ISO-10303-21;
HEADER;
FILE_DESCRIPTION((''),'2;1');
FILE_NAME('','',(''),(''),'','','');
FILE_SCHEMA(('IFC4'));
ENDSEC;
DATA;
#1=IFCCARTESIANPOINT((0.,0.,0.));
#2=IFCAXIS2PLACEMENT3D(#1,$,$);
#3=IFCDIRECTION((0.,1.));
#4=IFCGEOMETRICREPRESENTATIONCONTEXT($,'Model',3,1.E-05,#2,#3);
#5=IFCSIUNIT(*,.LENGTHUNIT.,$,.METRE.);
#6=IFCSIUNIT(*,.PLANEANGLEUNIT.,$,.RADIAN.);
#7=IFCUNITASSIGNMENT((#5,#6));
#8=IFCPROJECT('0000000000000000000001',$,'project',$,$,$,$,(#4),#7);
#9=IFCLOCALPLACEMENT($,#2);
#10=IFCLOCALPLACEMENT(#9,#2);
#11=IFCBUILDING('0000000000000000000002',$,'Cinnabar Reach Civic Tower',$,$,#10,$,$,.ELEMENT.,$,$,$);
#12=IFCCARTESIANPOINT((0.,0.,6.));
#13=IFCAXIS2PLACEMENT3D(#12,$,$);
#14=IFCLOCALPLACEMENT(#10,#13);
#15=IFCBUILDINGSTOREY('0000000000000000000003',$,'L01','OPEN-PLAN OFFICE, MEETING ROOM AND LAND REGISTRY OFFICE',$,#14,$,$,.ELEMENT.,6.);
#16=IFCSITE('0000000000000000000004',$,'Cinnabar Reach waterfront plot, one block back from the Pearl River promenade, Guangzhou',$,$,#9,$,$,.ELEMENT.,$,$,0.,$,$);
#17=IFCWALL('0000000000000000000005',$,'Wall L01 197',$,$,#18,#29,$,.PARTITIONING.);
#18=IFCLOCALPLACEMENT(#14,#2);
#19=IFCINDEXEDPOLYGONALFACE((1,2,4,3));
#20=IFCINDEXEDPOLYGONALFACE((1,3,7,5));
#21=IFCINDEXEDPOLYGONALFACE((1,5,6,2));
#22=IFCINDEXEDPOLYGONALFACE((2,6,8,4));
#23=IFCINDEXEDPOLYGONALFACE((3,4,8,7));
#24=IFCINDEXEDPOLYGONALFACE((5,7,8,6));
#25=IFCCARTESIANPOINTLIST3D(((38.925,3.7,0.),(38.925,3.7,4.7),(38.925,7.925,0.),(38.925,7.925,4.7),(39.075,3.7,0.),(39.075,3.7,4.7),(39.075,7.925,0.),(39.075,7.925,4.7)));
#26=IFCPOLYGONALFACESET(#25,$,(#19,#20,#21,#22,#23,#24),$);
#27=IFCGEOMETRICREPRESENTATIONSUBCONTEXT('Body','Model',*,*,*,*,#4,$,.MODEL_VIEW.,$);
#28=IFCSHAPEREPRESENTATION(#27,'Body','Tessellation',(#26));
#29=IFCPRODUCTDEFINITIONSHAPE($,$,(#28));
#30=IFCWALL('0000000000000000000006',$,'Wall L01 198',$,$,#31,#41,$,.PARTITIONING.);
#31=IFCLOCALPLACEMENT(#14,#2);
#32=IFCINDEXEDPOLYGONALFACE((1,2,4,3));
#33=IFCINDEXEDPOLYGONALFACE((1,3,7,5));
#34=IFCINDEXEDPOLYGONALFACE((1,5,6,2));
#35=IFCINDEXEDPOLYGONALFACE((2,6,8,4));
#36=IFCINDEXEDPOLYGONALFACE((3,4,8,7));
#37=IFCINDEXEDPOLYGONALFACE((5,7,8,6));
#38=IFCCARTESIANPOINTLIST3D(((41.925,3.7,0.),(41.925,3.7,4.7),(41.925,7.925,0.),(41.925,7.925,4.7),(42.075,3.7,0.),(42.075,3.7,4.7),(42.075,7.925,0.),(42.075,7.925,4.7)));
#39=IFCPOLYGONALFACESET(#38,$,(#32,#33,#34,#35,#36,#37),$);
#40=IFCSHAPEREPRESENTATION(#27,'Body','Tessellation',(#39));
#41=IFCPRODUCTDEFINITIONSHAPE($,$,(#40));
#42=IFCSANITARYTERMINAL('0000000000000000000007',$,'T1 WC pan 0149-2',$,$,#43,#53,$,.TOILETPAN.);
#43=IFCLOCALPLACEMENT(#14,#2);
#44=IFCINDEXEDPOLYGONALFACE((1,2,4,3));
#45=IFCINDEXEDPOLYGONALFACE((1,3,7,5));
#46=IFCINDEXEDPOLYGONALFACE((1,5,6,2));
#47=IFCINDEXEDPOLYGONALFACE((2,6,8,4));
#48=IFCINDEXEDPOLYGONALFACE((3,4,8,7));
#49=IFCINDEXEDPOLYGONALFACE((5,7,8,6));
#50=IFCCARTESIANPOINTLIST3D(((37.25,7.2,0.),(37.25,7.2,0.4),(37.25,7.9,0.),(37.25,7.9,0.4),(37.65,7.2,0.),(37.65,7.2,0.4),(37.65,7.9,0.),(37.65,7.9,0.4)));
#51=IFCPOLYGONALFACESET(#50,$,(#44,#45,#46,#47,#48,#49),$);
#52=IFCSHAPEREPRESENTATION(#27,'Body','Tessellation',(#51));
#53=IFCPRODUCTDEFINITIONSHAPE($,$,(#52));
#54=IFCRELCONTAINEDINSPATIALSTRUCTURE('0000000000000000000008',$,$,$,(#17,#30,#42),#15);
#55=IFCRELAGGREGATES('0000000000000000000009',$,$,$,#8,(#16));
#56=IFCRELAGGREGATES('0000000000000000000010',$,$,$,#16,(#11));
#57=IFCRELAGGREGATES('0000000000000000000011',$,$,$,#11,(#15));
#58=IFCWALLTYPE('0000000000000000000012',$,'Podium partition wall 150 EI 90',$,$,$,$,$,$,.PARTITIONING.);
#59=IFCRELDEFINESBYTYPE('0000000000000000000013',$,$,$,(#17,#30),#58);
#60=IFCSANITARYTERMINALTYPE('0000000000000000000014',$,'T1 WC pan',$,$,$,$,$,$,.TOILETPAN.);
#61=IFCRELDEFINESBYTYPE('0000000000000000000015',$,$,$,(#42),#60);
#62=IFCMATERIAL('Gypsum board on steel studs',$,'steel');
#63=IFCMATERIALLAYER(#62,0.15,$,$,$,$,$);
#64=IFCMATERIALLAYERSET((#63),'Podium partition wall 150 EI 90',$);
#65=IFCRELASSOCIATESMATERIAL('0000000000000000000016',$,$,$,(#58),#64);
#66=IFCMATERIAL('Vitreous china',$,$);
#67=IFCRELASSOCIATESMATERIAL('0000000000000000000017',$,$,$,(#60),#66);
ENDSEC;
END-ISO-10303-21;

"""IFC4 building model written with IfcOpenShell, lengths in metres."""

from ifc_helpers import new_model, si_unit, direction, frame, frame_2d, origin, origin_2d, place, context, subcontext, project, spatial, rectangle, extrude, material, layer, layer_set, type_object, element, save


model = new_model("IFC4")

# Units and contexts
model_context = context("Model", 3, precision=1e-05, world=origin(), true_north=direction((0.0, 1.0)))
body_context = subcontext(model_context, "Body", "Model", "MODEL_VIEW")
ifc_project = project(units=[si_unit("LENGTHUNIT", "METRE"), si_unit("PLANEANGLEUNIT", "RADIAN")], contexts=[model_context])

# Site, building, storey
site_placement = place(None, origin())
site = spatial("IfcSite", under=ifc_project, at=site_placement, Name="Cinnabar Reach waterfront plot, one block back from the Pearl River promenade, Guangzhou", CompositionType="ELEMENT", RefElevation=0.0)
building_placement = place(site_placement, origin())
building = spatial("IfcBuilding", under=site, at=building_placement, Name="Cinnabar Reach Civic Tower", CompositionType="ELEMENT")
storey_placement = place(building_placement, frame((0.0, 0.0, 6.0)))
storey = spatial("IfcBuildingStorey", under=building, at=storey_placement, Name="L01", Description="OPEN-PLAN OFFICE, MEETING ROOM AND LAND REGISTRY OFFICE", CompositionType="ELEMENT", Elevation=6.0)

# Walls
ifc_material_1 = material(Name="Gypsum board on steel studs", Category="steel")
ifc_layer_1 = layer(ifc_material_1, 0.15)
ifc_layer_set_1 = layer_set([ifc_layer_1], Name="Podium partition wall 150 EI 90")
wall_type_1 = type_object("IfcWallType", Name="Podium partition wall 150 EI 90", PredefinedType="PARTITIONING", material=ifc_layer_set_1)
for number, where, z_axis, x_axis, name in (
    (1, (39.0, 3.7, 0.0), (0.0, 0.0, 1.0), (0.0, 1.0, 0.0), "Wall L01 197"),
    (2, (42.0, 3.7, 0.0), (0.0, 0.0, 1.0), (0.0, 1.0, 0.0), "Wall L01 198"),
):
    element("IfcWall", number, at=place(storey_placement, frame(where, z_axis=z_axis, x_axis=x_axis)), inside=storey, type_object=wall_type_1, Name=name, PredefinedType="PARTITIONING", context=body_context, shape_type="SweptSolid", body=[
        extrude(rectangle(XDim=4.225, YDim=0.15, at=frame_2d((2.1125, 0.0))), origin(), (0.0, 0.0, 1.0), 4.7),
    ])

# Sanitary terminal
ifc_material_2 = material(Name="Vitreous china")
sanitary_terminal_type = type_object("IfcSanitaryTerminalType", Name="T1 WC pan", PredefinedType="TOILETPAN", material=ifc_material_2)
sanitary_terminal_placement = place(storey_placement, frame((37.45, 7.55, 0.0), z_axis=(0.0, 0.0, 1.0), x_axis=(1.0, 0.0, 0.0)))
element("IfcSanitaryTerminal", 3, at=sanitary_terminal_placement, inside=storey, type_object=sanitary_terminal_type, Name="T1 WC pan 0149-2", PredefinedType="TOILETPAN", context=body_context, shape_type="SweptSolid", body=[
    extrude(rectangle(XDim=0.4, YDim=0.7, at=origin_2d()), origin(), (0.0, 0.0, 1.0), 0.4),
])

save(model, "model.ifc")
